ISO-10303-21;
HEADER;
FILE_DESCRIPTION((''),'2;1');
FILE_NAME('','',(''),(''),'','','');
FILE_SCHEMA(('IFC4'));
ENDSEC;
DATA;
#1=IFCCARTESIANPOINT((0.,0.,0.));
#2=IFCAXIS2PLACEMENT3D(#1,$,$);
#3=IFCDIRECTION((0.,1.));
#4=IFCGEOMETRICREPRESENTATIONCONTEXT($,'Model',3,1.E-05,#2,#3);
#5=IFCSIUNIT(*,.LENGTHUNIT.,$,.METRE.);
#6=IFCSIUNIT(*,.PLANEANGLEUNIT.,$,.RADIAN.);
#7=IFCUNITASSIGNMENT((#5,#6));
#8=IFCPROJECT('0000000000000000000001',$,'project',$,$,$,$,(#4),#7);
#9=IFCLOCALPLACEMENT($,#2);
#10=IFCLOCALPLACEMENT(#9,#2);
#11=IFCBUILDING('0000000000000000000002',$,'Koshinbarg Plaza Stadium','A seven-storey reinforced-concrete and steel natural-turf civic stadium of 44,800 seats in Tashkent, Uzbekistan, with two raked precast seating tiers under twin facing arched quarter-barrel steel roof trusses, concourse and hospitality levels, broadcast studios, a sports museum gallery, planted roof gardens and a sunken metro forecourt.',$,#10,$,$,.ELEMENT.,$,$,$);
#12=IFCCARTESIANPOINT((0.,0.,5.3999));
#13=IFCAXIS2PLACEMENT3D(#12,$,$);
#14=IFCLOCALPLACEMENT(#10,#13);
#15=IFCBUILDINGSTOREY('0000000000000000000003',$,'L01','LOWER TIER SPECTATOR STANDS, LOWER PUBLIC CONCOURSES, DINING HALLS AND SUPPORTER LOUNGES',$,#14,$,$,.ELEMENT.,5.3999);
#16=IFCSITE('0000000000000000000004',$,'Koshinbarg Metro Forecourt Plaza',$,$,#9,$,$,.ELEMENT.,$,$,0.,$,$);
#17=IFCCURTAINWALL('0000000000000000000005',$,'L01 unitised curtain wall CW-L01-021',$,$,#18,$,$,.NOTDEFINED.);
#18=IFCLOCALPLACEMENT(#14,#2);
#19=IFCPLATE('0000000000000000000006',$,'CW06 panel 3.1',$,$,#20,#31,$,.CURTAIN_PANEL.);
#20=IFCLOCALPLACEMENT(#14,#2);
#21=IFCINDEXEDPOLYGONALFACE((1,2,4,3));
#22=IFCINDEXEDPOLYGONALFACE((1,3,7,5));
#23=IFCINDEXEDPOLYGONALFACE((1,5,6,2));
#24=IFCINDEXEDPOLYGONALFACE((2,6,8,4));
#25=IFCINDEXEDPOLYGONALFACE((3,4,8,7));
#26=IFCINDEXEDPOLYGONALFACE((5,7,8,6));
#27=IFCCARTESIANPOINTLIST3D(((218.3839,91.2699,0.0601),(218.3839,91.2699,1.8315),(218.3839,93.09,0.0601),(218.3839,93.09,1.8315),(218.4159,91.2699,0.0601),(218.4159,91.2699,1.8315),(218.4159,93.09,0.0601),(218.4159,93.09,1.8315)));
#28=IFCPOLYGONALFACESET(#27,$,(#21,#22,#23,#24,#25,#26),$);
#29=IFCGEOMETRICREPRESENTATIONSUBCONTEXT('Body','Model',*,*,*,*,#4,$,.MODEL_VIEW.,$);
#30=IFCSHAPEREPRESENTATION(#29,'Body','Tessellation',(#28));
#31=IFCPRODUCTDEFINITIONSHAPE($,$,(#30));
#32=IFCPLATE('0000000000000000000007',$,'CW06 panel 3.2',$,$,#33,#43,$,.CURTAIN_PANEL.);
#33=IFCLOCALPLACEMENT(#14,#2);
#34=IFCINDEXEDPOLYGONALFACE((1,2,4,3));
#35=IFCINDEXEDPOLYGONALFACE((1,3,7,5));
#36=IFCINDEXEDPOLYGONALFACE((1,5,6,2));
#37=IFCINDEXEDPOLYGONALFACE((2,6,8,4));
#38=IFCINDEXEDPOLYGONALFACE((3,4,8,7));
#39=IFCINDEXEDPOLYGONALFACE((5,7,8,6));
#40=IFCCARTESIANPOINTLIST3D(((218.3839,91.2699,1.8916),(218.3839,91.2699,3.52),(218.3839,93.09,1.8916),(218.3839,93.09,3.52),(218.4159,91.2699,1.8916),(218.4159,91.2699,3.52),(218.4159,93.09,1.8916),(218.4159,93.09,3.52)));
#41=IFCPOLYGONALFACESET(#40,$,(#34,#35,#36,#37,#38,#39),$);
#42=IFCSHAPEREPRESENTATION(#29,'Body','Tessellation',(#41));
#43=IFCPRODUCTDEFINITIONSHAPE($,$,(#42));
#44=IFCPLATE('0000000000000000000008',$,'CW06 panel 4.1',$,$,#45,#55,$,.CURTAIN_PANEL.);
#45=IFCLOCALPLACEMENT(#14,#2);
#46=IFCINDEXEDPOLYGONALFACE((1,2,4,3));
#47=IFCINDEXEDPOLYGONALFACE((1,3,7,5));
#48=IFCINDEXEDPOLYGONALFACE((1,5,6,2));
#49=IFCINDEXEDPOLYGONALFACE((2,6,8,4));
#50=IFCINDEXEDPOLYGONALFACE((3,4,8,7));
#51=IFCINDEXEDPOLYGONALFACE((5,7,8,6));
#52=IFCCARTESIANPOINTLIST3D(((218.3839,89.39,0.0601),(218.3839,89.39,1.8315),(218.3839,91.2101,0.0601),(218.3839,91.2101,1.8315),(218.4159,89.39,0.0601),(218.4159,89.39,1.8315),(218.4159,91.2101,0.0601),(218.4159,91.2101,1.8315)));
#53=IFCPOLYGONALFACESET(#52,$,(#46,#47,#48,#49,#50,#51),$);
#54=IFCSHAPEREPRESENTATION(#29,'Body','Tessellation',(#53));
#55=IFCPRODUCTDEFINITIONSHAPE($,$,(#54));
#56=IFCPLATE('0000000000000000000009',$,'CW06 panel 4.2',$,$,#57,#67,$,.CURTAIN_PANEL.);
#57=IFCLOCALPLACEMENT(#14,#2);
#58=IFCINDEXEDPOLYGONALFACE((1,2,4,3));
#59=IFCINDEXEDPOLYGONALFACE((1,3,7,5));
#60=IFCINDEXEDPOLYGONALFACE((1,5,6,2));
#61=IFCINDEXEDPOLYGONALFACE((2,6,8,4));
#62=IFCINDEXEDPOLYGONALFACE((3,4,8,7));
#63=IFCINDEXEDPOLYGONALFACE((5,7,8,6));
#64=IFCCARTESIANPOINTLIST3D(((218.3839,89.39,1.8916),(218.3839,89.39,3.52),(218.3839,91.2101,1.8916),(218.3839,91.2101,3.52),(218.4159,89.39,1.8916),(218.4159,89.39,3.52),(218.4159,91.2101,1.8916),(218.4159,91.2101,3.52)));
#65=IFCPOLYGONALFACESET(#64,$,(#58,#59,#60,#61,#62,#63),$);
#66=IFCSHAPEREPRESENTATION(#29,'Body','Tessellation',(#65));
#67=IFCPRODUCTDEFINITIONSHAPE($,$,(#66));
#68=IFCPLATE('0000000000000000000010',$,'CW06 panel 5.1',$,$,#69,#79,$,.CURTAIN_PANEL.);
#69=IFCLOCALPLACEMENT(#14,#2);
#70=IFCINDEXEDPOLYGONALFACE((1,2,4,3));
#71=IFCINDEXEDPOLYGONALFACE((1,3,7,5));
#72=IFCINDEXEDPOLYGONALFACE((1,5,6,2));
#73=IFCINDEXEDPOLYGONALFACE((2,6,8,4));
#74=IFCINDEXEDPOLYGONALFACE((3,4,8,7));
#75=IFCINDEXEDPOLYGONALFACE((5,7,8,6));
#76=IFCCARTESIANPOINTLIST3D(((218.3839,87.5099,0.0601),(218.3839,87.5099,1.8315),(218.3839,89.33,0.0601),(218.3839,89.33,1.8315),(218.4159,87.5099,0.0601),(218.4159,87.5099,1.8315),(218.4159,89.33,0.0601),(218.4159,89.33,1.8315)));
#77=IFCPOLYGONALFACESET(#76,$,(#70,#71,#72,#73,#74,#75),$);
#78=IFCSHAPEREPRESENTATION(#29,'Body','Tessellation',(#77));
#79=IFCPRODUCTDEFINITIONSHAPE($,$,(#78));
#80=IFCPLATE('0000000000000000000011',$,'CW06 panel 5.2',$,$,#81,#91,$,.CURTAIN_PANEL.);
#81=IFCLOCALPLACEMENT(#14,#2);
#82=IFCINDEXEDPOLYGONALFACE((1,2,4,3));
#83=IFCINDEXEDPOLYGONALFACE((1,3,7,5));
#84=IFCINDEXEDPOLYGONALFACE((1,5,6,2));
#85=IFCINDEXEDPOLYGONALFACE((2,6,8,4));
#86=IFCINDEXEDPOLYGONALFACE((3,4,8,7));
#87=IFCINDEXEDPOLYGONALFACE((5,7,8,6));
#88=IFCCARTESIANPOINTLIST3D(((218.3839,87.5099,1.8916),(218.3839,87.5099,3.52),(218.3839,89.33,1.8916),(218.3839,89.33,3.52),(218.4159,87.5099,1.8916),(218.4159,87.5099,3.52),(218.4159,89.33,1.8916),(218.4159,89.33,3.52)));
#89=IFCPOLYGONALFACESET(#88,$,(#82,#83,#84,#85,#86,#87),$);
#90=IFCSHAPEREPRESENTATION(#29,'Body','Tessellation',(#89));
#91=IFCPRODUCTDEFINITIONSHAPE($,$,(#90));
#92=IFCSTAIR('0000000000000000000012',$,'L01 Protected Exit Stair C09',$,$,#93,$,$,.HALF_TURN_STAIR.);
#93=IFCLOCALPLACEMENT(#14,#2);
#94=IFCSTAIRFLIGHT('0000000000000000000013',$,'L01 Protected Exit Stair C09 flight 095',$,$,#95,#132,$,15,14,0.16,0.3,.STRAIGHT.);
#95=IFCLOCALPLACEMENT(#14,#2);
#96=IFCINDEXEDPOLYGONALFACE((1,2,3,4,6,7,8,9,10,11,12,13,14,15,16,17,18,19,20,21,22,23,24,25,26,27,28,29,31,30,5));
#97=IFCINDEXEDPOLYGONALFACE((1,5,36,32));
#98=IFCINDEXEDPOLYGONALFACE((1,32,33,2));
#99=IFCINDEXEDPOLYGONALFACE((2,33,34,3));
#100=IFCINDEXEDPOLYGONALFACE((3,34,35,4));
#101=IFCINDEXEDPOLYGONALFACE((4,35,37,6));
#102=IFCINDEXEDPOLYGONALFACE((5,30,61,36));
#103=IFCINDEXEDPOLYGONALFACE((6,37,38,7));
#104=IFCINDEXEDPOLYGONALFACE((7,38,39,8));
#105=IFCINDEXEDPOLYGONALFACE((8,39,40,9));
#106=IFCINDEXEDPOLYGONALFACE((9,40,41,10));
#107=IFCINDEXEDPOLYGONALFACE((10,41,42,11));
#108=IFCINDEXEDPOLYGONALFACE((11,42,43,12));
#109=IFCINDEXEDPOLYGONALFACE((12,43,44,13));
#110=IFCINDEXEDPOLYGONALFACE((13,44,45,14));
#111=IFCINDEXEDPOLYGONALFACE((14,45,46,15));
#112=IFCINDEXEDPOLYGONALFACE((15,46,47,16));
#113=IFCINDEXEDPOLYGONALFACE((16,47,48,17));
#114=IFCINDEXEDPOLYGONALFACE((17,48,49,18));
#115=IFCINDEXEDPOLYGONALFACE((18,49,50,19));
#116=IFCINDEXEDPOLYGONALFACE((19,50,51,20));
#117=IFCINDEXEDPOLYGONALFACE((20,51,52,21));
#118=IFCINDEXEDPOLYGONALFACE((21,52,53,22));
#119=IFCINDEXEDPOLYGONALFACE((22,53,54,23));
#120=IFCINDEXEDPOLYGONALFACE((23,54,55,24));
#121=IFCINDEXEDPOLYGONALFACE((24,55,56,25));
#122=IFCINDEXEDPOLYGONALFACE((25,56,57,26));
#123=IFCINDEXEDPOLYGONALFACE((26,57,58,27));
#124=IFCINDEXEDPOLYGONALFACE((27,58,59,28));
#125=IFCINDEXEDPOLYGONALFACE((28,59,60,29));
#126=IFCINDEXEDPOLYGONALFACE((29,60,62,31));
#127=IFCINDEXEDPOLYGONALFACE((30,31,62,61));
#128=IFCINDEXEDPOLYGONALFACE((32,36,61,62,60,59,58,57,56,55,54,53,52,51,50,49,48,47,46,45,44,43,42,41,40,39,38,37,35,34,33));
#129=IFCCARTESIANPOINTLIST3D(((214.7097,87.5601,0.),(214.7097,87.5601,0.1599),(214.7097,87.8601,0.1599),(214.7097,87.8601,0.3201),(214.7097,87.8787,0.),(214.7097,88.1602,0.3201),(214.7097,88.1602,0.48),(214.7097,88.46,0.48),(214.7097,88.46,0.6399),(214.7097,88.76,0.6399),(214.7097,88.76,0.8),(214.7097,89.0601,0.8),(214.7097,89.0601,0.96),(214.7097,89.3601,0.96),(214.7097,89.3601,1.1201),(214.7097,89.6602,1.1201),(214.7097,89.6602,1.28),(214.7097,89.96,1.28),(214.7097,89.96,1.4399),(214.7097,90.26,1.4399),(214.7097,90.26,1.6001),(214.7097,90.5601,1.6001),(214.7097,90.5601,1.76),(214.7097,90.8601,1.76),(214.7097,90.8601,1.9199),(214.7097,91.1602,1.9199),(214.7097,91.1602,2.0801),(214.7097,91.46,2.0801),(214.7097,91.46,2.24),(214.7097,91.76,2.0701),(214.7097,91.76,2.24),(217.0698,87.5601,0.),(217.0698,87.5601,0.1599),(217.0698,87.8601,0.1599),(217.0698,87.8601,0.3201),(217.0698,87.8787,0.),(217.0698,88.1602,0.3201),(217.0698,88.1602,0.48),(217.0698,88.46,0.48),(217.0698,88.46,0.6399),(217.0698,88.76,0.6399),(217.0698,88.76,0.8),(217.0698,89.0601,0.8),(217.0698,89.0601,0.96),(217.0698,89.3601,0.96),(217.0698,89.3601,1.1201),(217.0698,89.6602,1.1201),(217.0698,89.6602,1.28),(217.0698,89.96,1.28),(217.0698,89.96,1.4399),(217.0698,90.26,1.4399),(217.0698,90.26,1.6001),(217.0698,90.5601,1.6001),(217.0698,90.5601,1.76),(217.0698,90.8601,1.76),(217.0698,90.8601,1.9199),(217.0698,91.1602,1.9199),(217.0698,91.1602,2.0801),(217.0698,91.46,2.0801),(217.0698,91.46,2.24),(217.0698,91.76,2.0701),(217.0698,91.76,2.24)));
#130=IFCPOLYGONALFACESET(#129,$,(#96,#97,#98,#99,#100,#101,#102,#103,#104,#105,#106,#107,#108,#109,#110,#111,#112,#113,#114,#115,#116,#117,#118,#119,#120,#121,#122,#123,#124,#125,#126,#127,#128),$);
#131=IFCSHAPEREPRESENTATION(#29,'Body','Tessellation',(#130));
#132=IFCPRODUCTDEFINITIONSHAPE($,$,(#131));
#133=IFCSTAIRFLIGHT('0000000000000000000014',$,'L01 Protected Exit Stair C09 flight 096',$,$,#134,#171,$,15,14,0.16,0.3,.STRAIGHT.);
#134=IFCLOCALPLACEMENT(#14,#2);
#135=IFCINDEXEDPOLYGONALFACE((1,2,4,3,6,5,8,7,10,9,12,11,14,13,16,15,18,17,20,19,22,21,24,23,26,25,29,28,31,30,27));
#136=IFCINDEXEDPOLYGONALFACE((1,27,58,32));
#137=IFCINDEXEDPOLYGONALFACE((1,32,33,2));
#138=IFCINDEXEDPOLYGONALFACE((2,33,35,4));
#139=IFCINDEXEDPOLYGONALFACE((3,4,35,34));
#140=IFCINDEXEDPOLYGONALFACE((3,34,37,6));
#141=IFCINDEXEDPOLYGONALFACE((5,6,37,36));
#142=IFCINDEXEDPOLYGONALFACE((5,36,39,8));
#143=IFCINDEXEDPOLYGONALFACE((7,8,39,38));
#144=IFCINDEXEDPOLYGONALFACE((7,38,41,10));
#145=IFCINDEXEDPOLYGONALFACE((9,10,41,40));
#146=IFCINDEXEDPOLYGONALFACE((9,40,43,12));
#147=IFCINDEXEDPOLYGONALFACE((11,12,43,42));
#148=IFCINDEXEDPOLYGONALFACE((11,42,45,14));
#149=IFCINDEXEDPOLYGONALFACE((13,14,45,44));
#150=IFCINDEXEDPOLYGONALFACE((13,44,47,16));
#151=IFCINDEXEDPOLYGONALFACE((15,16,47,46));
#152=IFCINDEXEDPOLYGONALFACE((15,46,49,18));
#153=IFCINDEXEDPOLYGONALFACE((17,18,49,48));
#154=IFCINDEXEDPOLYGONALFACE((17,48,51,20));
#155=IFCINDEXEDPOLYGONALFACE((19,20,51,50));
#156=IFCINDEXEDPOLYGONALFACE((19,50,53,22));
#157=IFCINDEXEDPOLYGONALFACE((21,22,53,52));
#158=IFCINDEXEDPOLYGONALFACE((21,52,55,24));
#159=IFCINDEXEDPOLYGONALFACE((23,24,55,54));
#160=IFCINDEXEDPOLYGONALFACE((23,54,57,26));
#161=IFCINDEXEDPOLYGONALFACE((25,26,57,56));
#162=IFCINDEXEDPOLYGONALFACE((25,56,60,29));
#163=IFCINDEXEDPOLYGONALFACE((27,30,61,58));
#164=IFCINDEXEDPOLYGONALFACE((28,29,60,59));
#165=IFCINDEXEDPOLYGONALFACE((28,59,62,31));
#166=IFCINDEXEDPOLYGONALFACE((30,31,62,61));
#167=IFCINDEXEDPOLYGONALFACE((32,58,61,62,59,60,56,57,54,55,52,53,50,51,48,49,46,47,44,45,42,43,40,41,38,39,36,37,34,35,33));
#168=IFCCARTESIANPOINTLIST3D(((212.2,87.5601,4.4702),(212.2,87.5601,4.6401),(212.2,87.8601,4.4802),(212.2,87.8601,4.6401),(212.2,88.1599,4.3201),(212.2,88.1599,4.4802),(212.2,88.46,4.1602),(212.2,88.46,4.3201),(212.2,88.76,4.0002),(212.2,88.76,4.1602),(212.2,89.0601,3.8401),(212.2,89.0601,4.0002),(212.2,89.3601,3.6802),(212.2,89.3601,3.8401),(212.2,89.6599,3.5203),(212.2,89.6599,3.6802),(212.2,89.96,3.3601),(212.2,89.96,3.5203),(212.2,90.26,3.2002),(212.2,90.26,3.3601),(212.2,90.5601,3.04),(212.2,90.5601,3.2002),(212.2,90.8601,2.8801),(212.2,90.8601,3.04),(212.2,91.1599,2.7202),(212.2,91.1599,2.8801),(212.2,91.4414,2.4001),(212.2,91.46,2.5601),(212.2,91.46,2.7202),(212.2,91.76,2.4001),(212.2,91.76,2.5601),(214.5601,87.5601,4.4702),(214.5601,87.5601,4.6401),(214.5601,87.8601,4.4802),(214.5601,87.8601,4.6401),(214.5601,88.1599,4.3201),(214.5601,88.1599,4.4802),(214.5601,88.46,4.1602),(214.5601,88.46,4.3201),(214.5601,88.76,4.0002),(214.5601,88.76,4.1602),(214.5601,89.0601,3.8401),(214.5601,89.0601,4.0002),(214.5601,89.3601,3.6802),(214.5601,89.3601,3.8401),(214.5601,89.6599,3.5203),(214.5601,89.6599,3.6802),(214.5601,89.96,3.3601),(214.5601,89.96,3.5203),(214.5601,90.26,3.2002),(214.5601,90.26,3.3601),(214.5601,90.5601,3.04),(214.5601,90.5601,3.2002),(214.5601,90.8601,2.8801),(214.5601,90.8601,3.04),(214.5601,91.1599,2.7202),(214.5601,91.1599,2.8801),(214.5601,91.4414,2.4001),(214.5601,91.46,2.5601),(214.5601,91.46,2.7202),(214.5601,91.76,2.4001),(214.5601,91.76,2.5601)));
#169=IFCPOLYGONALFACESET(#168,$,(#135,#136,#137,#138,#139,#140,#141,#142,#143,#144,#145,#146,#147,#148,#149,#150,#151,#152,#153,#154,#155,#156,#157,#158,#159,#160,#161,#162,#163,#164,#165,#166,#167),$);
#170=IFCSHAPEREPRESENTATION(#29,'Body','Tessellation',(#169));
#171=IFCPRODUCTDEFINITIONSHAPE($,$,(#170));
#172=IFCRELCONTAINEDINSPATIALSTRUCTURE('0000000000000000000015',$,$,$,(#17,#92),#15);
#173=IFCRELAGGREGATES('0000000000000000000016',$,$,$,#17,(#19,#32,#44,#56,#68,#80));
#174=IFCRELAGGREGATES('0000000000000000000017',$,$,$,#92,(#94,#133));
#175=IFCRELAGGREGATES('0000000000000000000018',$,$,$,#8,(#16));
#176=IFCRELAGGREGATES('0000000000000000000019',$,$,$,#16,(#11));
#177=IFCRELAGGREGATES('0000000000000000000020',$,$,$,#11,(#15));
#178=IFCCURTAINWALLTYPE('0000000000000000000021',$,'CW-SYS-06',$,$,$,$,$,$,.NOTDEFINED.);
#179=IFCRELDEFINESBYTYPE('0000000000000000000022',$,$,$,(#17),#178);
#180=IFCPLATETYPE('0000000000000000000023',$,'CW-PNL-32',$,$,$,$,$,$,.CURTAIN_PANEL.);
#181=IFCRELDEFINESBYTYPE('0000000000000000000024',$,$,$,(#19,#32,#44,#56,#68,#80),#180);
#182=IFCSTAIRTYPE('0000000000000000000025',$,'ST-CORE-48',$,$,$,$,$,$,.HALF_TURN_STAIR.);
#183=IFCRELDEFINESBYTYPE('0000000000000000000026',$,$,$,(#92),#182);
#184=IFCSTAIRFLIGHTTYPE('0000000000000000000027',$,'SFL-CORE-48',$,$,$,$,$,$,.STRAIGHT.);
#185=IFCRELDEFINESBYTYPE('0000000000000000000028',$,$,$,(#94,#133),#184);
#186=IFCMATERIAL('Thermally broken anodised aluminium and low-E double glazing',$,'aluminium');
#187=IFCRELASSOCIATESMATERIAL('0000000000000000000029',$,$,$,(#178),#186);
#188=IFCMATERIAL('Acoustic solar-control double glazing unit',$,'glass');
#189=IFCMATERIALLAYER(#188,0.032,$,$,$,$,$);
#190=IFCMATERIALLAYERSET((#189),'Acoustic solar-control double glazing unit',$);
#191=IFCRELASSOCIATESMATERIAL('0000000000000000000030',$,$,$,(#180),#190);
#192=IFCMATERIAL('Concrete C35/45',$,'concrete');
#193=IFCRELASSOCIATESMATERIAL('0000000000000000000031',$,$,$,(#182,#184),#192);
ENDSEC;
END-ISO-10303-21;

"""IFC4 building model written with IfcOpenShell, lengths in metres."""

from ifc_helpers import new_model, si_unit, direction, frame, origin, origin_2d, place, context, subcontext, project, spatial, polyline, rectangle, outline, extrude, material, layer, layer_set, type_object, element, aggregate, save


model = new_model("IFC4")

# Units and contexts
model_context = context("Model", 3, precision=1e-05, world=origin(), true_north=direction((0.0, 1.0)))
body_context = subcontext(model_context, "Body", "Model", "MODEL_VIEW")
ifc_project = project(units=[si_unit("LENGTHUNIT", "METRE"), si_unit("PLANEANGLEUNIT", "RADIAN")], contexts=[model_context])

# Site, building, storey
site_placement = place(None, origin())
site = spatial("IfcSite", under=ifc_project, at=site_placement, Name="Koshinbarg Metro Forecourt Plaza", CompositionType="ELEMENT", RefElevation=0.0)
building_placement = place(site_placement, origin())
building = spatial("IfcBuilding", under=site, at=building_placement, Name="Koshinbarg Plaza Stadium", Description="A seven-storey reinforced-concrete and steel natural-turf civic stadium of 44,800 seats in Tashkent, Uzbekistan, with two raked precast seating tiers under twin facing arched quarter-barrel steel roof trusses, concourse and hospitality levels, broadcast studios, a sports museum gallery, planted roof gardens and a sunken metro forecourt.", CompositionType="ELEMENT")
storey_placement = place(building_placement, frame((0.0, 0.0, 5.3999)))
storey = spatial("IfcBuildingStorey", under=building, at=storey_placement, Name="L01", Description="LOWER TIER SPECTATOR STANDS, LOWER PUBLIC CONCOURSES, DINING HALLS AND SUPPORTER LOUNGES", CompositionType="ELEMENT", Elevation=5.3999)

# Curtain wall, plates
ifc_material_1 = material(Name="Thermally broken anodised aluminium and low-E double glazing", Category="aluminium")
curtain_wall_type = type_object("IfcCurtainWallType", Name="CW-SYS-06", PredefinedType="NOTDEFINED", material=ifc_material_1)
curtain_wall_placement = place(storey_placement, origin())
curtain_wall = element("IfcCurtainWall", 1, at=curtain_wall_placement, inside=storey, type_object=curtain_wall_type, Name="L01 unitised curtain wall CW-L01-021", PredefinedType="NOTDEFINED")
ifc_material_2 = material(Name="Acoustic solar-control double glazing unit", Category="glass")
ifc_layer = layer(ifc_material_2, 0.032)
ifc_layer_set = layer_set([ifc_layer], Name="Acoustic solar-control double glazing unit")
plate_type = type_object("IfcPlateType", Name="CW-PNL-32", PredefinedType="CURTAIN_PANEL", material=ifc_layer_set)
plate_1_placement = place(storey_placement, frame((218.3999, 92.1799, 0.0601), z_axis=(0.0, 0.0, 1.0), x_axis=(0.0, -1.0, 0.0)))
plate_1 = element("IfcPlate", 2, at=plate_1_placement, type_object=plate_type, Name="CW06 panel 3.1", PredefinedType="CURTAIN_PANEL", context=body_context, shape_type="SweptSolid", body=[
    extrude(rectangle(XDim=1.8201, YDim=0.032, at=origin_2d()), origin(), (0.0, 0.0, 1.0), 1.7715),
])
plate_2_placement = place(storey_placement, frame((218.3999, 92.1799, 1.8916), z_axis=(0.0, 0.0, 1.0), x_axis=(0.0, -1.0, 0.0)))
plate_2 = element("IfcPlate", 3, at=plate_2_placement, type_object=plate_type, Name="CW06 panel 3.2", PredefinedType="CURTAIN_PANEL", context=body_context, shape_type="SweptSolid", body=[
    extrude(rectangle(XDim=1.8201, YDim=0.032, at=origin_2d()), origin(), (0.0, 0.0, 1.0), 1.6284),
])
plate_3_placement = place(storey_placement, frame((218.3999, 90.3, 0.0601), z_axis=(0.0, 0.0, 1.0), x_axis=(0.0, -1.0, 0.0)))
plate_3 = element("IfcPlate", 4, at=plate_3_placement, type_object=plate_type, Name="CW06 panel 4.1", PredefinedType="CURTAIN_PANEL", context=body_context, shape_type="SweptSolid", body=[
    extrude(rectangle(XDim=1.8201, YDim=0.032, at=origin_2d()), origin(), (0.0, 0.0, 1.0), 1.7715),
])
plate_4_placement = place(storey_placement, frame((218.3999, 90.3, 1.8916), z_axis=(0.0, 0.0, 1.0), x_axis=(0.0, -1.0, 0.0)))
plate_4 = element("IfcPlate", 5, at=plate_4_placement, type_object=plate_type, Name="CW06 panel 4.2", PredefinedType="CURTAIN_PANEL", context=body_context, shape_type="SweptSolid", body=[
    extrude(rectangle(XDim=1.8201, YDim=0.032, at=origin_2d()), origin(), (0.0, 0.0, 1.0), 1.6284),
])
plate_5_placement = place(storey_placement, frame((218.3999, 88.4199, 0.0601), z_axis=(0.0, 0.0, 1.0), x_axis=(0.0, -1.0, 0.0)))
plate_5 = element("IfcPlate", 6, at=plate_5_placement, type_object=plate_type, Name="CW06 panel 5.1", PredefinedType="CURTAIN_PANEL", context=body_context, shape_type="SweptSolid", body=[
    extrude(rectangle(XDim=1.8201, YDim=0.032, at=origin_2d()), origin(), (0.0, 0.0, 1.0), 1.7715),
])
plate_6_placement = place(storey_placement, frame((218.3999, 88.4199, 1.8916), z_axis=(0.0, 0.0, 1.0), x_axis=(0.0, -1.0, 0.0)))
plate_6 = element("IfcPlate", 7, at=plate_6_placement, type_object=plate_type, Name="CW06 panel 5.2", PredefinedType="CURTAIN_PANEL", context=body_context, shape_type="SweptSolid", body=[
    extrude(rectangle(XDim=1.8201, YDim=0.032, at=origin_2d()), origin(), (0.0, 0.0, 1.0), 1.6284),
])
aggregate(curtain_wall, [plate_1, plate_2, plate_3, plate_4, plate_5, plate_6])

# Stair, stair flights
ifc_material_3 = material(Name="Concrete C35/45", Category="concrete")
stair_type = type_object("IfcStairType", Name="ST-CORE-48", PredefinedType="HALF_TURN_STAIR", material=ifc_material_3)
stair_placement = place(storey_placement, origin())
stair = element("IfcStair", 8, at=stair_placement, inside=storey, type_object=stair_type, Name="L01 Protected Exit Stair C09", PredefinedType="HALF_TURN_STAIR")
stair_flight_type = type_object("IfcStairFlightType", Name="SFL-CORE-48", PredefinedType="STRAIGHT", material=ifc_material_3)
stair_flight_1_placement = place(storey_placement, frame((215.8899, 87.5601, 0.0), z_axis=(0.0, 0.0, 1.0), x_axis=(0.0, 1.0, 0.0)))
stair_flight_1 = element("IfcStairFlight", 9, at=stair_flight_1_placement, type_object=stair_flight_type, Name="L01 Protected Exit Stair C09 flight 095", NumberOfRisers=15, NumberOfTreads=14, PredefinedType="STRAIGHT", RiserHeight=0.16, TreadLength=0.3, context=body_context, shape_type="SweptSolid", body=[
    extrude(outline(polyline([(0.0, 0.0), (0.0, 0.1599), (0.3, 0.1599), (0.3, 0.3201), (0.6001, 0.3201), (0.6001, 0.48), (0.8999, 0.48), (0.8999, 0.6399), (1.2, 0.6399), (1.2, 0.8), (1.5, 0.8), (1.5, 0.96), (1.8, 0.96), (1.8, 1.1201), (2.1001, 1.1201), (2.1001, 1.28), (2.3999, 1.28), (2.3999, 1.4399), (2.7, 1.4399), (2.7, 1.6001), (3.0, 1.6001), (3.0, 1.76), (3.3, 1.76), (3.3, 1.9199), (3.6001, 1.9199), (3.6001, 2.0801), (3.8999, 2.0801), (3.8999, 2.24), (4.2, 2.24), (4.2, 2.3999), (4.2, 2.0701), (0.3186, 0.0), (0.0, 0.0)])), frame((0.0, 1.1802, 0.0), z_axis=(0.0, -1.0, 0.0), x_axis=(1.0, 0.0, 0.0)), (0.0, 0.0, 1.0), 2.3601),
])
stair_flight_2_placement = place(storey_placement, frame((213.3799, 91.76, 2.4001), z_axis=(0.0, 0.0, 1.0), x_axis=(0.0, -1.0, 0.0)))
stair_flight_2 = element("IfcStairFlight", 10, at=stair_flight_2_placement, type_object=stair_flight_type, Name="L01 Protected Exit Stair C09 flight 096", NumberOfRisers=15, NumberOfTreads=14, PredefinedType="STRAIGHT", RiserHeight=0.16, TreadLength=0.3, context=body_context, shape_type="SweptSolid", body=[
    extrude(outline(polyline([(0.0, 0.0), (0.0, 0.1599), (0.3, 0.1599), (0.3, 0.3201), (0.6001, 0.3201), (0.6001, 0.48), (0.8999, 0.48), (0.8999, 0.6399), (1.2, 0.6399), (1.2, 0.8), (1.5, 0.8), (1.5, 0.96), (1.8, 0.96), (1.8, 1.1201), (2.1001, 1.1201), (2.1001, 1.28), (2.3999, 1.28), (2.3999, 1.4399), (2.7, 1.4399), (2.7, 1.6001), (3.0, 1.6001), (3.0, 1.76), (3.3, 1.76), (3.3, 1.9199), (3.6001, 1.9199), (3.6001, 2.0801), (3.8999, 2.0801), (3.8999, 2.24), (4.2, 2.24), (4.2, 2.3999), (4.2, 2.0701), (0.3186, 0.0), (0.0, 0.0)])), frame((0.0, 1.1802, 0.0), z_axis=(0.0, -1.0, 0.0), x_axis=(1.0, 0.0, 0.0)), (0.0, 0.0, 1.0), 2.3601),
])
aggregate(stair, [stair_flight_1, stair_flight_2])

save(model, "model.ifc")
